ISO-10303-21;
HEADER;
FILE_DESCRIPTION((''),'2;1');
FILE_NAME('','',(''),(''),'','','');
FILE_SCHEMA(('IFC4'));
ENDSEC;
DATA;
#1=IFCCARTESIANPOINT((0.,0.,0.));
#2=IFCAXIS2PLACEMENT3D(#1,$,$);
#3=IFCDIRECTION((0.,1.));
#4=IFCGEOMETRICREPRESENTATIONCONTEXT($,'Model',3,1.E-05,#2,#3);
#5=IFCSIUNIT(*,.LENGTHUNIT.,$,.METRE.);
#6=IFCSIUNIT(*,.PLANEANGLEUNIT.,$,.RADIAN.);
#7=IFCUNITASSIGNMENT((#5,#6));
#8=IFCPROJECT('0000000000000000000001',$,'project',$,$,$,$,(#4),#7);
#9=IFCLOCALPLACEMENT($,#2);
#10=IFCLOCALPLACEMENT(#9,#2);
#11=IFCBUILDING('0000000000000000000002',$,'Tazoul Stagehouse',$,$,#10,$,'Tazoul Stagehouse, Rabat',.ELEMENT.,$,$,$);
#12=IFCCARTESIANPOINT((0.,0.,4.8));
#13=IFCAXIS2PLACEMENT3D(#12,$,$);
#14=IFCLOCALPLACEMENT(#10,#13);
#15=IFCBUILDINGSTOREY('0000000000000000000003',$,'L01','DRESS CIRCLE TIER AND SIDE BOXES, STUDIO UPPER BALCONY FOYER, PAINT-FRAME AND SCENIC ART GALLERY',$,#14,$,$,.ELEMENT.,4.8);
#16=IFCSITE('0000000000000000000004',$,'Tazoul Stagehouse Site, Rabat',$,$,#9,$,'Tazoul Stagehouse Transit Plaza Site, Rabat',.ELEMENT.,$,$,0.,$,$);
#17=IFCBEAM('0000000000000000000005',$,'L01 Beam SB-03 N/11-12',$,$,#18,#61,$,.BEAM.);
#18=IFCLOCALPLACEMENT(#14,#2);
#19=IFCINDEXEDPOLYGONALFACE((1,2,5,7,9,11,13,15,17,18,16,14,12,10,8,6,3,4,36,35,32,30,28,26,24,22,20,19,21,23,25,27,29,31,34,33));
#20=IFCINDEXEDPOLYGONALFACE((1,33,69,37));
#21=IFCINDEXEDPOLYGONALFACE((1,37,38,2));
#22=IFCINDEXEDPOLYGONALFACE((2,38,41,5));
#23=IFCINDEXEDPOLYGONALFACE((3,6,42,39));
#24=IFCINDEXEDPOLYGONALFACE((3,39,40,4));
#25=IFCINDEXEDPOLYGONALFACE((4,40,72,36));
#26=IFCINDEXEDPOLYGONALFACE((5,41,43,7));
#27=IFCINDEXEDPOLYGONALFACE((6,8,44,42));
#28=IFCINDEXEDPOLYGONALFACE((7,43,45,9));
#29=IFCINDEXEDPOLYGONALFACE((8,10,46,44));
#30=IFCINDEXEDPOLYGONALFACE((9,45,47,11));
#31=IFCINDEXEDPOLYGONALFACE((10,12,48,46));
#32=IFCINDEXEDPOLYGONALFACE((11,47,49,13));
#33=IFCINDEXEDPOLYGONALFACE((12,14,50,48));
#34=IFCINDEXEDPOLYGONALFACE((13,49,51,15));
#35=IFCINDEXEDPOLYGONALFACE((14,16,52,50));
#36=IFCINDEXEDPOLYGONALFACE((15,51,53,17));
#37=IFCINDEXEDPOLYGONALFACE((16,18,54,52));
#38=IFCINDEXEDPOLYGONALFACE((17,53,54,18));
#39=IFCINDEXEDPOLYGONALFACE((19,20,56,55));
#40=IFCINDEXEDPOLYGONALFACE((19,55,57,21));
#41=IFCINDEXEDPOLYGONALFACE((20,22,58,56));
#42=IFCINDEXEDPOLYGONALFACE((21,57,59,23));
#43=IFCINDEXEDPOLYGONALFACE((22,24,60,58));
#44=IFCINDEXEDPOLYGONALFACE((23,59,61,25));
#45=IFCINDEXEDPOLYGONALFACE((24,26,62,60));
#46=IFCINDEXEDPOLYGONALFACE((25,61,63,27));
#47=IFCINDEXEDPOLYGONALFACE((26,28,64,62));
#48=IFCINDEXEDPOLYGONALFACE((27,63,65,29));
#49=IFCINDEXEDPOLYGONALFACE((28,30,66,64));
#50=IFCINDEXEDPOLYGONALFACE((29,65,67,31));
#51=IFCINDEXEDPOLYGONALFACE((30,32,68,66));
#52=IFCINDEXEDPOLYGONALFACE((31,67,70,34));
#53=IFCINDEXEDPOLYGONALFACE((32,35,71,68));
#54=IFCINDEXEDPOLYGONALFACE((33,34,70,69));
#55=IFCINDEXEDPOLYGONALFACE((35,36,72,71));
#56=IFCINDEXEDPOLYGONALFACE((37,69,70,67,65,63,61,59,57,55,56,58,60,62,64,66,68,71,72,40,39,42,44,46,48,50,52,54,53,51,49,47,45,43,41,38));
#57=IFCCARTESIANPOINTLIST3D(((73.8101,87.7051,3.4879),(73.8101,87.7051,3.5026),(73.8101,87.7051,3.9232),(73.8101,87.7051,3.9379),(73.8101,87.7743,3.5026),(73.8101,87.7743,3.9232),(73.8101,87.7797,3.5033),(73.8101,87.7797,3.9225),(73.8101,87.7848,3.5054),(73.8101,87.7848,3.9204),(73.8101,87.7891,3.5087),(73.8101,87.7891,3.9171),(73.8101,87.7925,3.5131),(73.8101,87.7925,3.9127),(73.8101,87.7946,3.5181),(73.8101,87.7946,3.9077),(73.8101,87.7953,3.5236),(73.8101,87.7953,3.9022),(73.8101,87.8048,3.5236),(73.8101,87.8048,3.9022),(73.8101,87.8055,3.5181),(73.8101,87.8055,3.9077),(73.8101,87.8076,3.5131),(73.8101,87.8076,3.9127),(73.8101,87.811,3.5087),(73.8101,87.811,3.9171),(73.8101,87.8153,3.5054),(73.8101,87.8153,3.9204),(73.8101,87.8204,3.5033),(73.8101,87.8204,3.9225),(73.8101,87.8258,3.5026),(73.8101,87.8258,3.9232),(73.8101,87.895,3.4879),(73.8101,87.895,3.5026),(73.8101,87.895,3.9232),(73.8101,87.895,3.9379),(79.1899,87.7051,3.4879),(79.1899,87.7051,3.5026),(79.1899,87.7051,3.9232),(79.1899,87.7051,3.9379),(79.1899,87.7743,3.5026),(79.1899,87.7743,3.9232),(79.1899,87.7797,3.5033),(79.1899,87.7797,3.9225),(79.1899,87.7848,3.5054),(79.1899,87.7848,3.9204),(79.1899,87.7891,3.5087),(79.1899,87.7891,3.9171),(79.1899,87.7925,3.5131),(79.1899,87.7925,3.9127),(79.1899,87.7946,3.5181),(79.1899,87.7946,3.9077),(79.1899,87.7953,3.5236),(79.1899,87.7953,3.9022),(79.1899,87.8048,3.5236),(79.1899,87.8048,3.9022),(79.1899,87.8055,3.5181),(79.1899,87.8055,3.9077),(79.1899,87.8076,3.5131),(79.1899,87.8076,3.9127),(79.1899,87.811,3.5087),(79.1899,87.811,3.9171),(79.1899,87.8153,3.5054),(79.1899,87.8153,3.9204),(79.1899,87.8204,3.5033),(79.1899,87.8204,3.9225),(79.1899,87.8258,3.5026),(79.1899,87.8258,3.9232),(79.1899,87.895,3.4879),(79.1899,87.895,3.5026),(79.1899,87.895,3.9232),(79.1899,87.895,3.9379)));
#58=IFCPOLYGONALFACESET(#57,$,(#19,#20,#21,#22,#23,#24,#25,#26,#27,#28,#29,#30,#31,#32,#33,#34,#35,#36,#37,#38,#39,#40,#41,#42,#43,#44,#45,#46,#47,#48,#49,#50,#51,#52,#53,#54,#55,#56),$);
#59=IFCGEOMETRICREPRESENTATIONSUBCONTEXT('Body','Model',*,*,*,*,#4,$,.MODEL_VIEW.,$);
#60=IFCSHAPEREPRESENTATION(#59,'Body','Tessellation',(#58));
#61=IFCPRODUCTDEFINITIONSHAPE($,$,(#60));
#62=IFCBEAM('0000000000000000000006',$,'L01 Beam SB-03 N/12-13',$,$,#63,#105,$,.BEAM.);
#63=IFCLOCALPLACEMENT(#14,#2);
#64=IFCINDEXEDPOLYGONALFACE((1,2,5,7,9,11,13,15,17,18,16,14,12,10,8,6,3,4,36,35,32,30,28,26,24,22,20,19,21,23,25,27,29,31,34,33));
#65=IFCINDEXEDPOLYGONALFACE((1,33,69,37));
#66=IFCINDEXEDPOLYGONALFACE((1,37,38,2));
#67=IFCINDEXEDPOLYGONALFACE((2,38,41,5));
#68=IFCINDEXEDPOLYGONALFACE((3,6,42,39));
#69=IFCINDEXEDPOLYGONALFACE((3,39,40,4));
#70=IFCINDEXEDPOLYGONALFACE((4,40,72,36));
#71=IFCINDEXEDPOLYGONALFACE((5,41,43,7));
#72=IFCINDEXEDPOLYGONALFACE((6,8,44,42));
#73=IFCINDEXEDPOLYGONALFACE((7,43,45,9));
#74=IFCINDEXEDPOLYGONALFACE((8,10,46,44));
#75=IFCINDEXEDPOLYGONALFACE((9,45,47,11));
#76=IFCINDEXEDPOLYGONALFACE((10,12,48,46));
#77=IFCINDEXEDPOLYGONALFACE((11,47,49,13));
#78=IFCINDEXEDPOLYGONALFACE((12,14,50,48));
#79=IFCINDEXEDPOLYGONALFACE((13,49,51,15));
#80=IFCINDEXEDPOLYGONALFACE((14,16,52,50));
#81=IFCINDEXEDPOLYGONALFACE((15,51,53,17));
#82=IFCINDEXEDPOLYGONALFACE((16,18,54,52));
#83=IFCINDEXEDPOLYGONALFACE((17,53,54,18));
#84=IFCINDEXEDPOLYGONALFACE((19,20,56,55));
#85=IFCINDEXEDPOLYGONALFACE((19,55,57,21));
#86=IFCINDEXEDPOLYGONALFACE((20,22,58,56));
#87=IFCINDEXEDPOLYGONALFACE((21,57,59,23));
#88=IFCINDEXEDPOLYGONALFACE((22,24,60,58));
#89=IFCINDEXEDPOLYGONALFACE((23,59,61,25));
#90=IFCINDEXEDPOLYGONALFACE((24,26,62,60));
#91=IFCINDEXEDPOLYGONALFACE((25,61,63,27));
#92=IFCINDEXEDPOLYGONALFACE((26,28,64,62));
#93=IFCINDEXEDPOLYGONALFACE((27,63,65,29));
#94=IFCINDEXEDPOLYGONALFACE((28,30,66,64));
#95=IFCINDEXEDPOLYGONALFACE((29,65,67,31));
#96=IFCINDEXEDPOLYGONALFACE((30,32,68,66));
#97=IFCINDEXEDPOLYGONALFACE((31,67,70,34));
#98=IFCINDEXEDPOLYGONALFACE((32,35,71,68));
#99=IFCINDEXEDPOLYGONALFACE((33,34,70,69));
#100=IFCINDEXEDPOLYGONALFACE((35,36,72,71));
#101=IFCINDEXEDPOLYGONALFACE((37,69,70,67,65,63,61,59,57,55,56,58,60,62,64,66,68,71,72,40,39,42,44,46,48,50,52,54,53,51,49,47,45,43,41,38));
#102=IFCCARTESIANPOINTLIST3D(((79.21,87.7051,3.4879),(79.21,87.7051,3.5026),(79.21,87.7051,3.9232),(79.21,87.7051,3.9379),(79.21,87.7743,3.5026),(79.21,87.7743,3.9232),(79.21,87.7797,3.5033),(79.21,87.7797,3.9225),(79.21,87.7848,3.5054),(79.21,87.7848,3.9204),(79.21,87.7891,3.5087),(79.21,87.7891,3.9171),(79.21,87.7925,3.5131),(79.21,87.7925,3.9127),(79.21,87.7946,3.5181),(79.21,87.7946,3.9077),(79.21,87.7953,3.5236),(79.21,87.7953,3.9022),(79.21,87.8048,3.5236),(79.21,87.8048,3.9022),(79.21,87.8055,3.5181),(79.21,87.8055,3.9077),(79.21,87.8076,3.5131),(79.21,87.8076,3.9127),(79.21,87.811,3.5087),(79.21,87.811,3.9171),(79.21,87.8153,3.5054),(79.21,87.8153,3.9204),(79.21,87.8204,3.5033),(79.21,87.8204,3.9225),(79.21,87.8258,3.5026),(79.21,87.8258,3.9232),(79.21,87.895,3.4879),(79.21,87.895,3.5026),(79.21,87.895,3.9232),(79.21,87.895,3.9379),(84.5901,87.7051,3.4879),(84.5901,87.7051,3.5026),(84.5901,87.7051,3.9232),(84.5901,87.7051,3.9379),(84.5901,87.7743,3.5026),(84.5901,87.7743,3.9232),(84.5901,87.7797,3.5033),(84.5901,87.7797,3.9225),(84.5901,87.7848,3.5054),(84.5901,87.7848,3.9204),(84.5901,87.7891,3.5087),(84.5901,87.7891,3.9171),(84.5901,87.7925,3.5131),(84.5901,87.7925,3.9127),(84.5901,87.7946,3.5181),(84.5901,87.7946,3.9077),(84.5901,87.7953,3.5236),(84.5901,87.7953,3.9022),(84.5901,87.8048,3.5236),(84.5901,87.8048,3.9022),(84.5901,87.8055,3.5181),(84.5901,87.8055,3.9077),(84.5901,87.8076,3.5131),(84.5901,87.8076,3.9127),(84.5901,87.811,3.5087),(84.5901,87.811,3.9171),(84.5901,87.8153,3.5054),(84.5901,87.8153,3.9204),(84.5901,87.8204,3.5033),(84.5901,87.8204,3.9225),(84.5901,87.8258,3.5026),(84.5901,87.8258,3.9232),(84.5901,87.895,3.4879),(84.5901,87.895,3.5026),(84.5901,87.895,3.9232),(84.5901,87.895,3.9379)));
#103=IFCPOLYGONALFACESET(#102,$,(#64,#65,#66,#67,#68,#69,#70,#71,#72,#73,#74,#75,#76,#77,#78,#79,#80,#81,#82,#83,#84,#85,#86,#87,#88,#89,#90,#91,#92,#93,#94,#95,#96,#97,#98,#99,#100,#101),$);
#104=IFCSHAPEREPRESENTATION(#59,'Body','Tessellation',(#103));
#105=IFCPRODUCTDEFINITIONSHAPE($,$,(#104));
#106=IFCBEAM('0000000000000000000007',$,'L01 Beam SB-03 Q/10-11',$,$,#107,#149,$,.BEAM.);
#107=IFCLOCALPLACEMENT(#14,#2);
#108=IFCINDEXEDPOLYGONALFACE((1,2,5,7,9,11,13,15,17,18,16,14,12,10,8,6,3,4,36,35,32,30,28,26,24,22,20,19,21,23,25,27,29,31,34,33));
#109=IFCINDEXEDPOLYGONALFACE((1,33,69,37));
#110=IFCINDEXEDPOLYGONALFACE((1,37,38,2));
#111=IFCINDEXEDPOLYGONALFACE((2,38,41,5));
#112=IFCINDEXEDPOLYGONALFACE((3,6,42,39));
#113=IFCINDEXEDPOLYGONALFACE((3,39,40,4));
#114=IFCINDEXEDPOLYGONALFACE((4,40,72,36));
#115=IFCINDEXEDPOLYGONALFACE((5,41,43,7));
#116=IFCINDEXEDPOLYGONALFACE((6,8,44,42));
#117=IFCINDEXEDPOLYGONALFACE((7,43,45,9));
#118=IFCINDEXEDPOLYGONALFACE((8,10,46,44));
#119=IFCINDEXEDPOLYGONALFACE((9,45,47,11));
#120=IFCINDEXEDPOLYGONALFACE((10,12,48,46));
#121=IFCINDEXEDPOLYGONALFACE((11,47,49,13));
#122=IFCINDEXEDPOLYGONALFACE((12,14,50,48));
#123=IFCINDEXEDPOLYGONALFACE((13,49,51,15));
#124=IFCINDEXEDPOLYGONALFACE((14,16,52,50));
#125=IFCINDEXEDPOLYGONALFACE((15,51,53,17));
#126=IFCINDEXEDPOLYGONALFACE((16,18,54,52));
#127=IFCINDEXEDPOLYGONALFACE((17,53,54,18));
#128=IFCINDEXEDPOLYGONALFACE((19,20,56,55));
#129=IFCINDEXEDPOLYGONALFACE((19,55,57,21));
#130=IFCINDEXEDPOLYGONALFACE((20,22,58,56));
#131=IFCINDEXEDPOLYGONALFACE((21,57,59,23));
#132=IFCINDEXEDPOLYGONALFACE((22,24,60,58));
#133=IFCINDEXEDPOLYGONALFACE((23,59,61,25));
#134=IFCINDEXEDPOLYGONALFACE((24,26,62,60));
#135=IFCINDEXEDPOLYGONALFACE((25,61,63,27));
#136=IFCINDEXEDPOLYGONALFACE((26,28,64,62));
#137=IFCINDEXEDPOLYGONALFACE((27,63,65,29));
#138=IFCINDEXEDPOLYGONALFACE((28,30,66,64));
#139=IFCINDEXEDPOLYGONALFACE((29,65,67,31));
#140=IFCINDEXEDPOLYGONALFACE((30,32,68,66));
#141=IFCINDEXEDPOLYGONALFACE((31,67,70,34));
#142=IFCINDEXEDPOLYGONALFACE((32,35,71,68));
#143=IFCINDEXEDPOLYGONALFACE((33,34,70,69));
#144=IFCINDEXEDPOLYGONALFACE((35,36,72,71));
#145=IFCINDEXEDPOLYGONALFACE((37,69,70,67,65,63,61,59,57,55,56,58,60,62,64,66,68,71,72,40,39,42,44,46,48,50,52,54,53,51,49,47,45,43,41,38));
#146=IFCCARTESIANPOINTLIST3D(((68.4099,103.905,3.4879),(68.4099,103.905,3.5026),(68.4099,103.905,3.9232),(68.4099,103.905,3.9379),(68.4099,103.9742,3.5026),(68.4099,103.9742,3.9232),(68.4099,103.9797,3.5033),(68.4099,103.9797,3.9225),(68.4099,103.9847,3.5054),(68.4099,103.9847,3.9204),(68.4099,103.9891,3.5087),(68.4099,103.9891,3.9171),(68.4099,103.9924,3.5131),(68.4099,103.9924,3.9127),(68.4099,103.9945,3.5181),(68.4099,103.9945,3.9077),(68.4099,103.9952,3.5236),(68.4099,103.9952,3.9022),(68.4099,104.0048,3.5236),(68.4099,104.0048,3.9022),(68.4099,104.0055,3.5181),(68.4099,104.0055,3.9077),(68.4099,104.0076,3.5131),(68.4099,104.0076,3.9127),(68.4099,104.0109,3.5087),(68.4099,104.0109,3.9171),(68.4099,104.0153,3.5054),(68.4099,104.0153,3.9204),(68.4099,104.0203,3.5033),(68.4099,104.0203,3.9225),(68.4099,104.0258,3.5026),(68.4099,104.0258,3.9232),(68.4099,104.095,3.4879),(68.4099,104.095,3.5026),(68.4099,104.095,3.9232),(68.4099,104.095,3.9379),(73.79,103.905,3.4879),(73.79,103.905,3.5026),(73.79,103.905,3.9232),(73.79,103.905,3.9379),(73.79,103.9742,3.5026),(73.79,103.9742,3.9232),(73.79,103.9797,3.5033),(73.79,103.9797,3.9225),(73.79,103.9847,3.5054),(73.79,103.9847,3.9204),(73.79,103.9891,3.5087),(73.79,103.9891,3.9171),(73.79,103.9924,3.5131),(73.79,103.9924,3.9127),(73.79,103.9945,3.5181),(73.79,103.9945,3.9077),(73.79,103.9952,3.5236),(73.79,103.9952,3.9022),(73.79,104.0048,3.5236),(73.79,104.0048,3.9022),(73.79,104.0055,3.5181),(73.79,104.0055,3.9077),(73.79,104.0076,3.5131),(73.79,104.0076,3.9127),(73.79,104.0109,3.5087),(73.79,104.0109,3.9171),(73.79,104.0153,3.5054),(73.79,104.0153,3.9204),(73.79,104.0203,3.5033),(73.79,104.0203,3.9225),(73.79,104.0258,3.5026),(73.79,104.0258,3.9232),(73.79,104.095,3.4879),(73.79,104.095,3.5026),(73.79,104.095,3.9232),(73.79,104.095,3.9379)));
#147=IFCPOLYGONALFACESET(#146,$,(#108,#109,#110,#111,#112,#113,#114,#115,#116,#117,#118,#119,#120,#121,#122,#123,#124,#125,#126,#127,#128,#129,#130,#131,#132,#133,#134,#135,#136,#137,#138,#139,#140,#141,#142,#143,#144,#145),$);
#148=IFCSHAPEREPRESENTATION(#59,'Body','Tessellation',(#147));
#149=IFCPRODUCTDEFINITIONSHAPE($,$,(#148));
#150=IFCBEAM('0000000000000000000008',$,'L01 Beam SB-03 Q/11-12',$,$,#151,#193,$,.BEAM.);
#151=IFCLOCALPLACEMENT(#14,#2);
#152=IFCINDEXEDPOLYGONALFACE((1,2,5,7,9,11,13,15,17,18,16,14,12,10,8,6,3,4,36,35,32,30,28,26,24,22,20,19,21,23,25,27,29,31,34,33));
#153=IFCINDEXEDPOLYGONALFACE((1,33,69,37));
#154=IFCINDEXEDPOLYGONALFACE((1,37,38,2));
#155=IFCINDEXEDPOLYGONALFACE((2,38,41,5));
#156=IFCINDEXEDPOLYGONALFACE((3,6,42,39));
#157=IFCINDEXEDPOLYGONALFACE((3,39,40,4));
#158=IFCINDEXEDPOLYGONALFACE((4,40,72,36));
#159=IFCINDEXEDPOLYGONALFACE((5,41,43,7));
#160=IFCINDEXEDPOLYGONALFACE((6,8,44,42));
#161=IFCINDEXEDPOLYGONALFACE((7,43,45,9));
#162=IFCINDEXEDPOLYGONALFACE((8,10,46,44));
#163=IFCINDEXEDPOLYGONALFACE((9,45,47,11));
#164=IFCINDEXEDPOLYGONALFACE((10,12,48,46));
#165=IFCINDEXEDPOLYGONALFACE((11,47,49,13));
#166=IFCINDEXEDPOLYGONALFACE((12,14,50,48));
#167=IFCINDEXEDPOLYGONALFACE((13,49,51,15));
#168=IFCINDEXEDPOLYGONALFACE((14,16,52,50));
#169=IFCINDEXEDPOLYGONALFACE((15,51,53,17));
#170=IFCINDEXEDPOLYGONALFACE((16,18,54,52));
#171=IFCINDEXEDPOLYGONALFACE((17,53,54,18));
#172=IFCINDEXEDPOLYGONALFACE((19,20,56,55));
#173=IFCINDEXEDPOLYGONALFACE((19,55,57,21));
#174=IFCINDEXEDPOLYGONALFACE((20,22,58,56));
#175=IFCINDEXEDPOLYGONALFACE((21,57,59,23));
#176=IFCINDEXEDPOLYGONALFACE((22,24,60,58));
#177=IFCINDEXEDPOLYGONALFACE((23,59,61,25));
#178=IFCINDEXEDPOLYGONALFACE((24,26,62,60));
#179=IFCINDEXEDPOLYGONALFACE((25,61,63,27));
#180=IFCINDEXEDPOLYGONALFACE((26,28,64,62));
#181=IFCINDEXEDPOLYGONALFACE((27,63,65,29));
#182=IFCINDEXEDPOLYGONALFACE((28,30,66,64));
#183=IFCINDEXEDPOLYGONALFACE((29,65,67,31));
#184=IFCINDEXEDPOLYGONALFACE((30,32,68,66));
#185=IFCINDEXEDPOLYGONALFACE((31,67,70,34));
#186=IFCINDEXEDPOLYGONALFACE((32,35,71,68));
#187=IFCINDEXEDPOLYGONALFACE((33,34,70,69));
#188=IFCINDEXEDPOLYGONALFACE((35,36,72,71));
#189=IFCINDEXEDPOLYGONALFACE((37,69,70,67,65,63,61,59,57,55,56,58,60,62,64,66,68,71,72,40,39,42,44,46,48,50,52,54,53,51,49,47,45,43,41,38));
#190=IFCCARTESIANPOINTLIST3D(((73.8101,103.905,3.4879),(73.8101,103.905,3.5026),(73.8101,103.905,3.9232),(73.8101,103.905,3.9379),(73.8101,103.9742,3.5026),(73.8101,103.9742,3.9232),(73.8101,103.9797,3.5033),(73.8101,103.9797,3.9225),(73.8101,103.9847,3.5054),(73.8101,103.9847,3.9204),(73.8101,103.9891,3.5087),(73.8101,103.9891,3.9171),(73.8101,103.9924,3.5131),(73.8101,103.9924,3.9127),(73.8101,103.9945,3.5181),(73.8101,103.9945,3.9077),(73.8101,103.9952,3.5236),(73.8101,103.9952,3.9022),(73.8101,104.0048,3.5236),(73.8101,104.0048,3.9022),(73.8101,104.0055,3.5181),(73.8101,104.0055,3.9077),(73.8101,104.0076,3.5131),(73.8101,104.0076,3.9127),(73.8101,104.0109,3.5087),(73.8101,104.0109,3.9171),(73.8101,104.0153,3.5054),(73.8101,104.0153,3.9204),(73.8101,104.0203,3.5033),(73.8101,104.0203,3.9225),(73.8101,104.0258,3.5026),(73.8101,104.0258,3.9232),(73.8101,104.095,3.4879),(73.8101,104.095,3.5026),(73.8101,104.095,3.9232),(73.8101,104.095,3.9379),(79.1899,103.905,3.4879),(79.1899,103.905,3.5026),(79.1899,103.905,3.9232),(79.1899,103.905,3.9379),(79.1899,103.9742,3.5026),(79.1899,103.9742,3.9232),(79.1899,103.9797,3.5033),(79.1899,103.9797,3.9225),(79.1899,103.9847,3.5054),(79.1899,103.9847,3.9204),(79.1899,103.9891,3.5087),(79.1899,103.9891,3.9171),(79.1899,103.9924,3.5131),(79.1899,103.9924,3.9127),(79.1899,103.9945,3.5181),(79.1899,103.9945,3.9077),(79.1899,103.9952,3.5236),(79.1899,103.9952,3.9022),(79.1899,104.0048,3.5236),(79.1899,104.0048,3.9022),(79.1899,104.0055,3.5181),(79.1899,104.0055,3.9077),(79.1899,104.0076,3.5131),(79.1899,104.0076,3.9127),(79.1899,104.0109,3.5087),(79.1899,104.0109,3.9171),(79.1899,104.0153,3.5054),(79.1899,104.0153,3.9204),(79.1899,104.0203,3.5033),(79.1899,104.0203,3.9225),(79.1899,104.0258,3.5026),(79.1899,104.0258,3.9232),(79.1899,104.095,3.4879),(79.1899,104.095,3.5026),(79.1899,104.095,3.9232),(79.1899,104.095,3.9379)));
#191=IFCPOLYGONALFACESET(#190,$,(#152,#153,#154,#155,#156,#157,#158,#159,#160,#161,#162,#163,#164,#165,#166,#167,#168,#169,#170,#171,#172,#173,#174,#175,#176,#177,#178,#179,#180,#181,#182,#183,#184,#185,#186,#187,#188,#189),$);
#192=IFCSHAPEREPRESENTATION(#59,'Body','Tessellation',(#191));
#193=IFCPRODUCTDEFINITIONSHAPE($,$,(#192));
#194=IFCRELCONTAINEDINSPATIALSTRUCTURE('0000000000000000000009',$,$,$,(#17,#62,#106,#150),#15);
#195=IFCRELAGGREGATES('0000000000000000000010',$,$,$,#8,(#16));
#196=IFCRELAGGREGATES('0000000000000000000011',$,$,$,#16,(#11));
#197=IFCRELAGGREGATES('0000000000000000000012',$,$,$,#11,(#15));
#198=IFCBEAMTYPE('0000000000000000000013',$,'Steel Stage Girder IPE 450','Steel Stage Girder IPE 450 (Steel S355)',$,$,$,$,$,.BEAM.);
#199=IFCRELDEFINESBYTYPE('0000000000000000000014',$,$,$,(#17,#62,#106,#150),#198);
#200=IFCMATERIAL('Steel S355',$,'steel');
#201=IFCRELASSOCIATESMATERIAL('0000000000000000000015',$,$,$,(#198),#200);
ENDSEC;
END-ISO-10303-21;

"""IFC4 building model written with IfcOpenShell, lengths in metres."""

from ifc_helpers import new_model, si_unit, direction, frame, origin, origin_2d, place, context, subcontext, project, spatial, i_section, extrude, material, material_profile, profile_set, type_object, element, save


model = new_model("IFC4")

# Units and contexts
model_context = context("Model", 3, precision=1e-05, world=origin(), true_north=direction((0.0, 1.0)))
body_context = subcontext(model_context, "Body", "Model", "MODEL_VIEW")
ifc_project = project(units=[si_unit("LENGTHUNIT", "METRE"), si_unit("PLANEANGLEUNIT", "RADIAN")], contexts=[model_context])

# Site, building, storey
site_placement = place(None, origin())
site = spatial("IfcSite", under=ifc_project, at=site_placement, Name="Tazoul Stagehouse Site, Rabat", LongName="Tazoul Stagehouse Transit Plaza Site, Rabat", CompositionType="ELEMENT", RefElevation=0.0)
building_placement = place(site_placement, origin())
building = spatial("IfcBuilding", under=site, at=building_placement, Name="Tazoul Stagehouse", LongName="Tazoul Stagehouse, Rabat", CompositionType="ELEMENT")
storey_placement = place(building_placement, frame((0.0, 0.0, 4.8)))
storey = spatial("IfcBuildingStorey", under=building, at=storey_placement, Name="L01", Description="DRESS CIRCLE TIER AND SIDE BOXES, STUDIO UPPER BALCONY FOYER, PAINT-FRAME AND SCENIC ART GALLERY", CompositionType="ELEMENT", Elevation=4.8)

# Shared definitions
ifc_material = material(Name="Steel S355", Category="steel")

# Beams
ifc_material_profile_1 = material_profile(ifc_material, i_section(OverallWidth=0.1899, OverallDepth=0.45, WebThickness=0.0095, FlangeThickness=0.0146, FilletRadius=0.021, at=origin_2d()), Name="IPE 450")
ifc_profile_set_1 = profile_set([ifc_material_profile_1], Name="Steel S355")
beam_type_1 = type_object("IfcBeamType", Name="Steel Stage Girder IPE 450", Description="Steel Stage Girder IPE 450 (Steel S355)", PredefinedType="BEAM", material=ifc_profile_set_1)
beam_1_placement = place(storey_placement, frame((73.8101, 87.8, 3.7129), z_axis=(1.0, 0.0, 0.0), x_axis=(0.0, 1.0, 0.0)))
element("IfcBeam", 1, at=beam_1_placement, inside=storey, type_object=beam_type_1, Name="L01 Beam SB-03 N/11-12", PredefinedType="BEAM", context=body_context, shape_type="SweptSolid", body=[
    extrude(i_section(OverallWidth=0.1899, OverallDepth=0.45, WebThickness=0.0095, FlangeThickness=0.0146, FilletRadius=0.021, at=origin_2d()), origin(), (0.0, 0.0, 1.0), 5.3799),
])
for number, where, z_axis, x_axis, name in (
    (2, (79.21, 87.8, 3.7129), (1.0, 0.0, 0.0), (0.0, 1.0, 0.0), "L01 Beam SB-03 N/12-13"),
    (3, (68.4099, 104.0, 3.7129), (1.0, 0.0, 0.0), (0.0, 1.0, 0.0), "L01 Beam SB-03 Q/10-11"),
):
    element("IfcBeam", number, at=place(storey_placement, frame(where, z_axis=z_axis, x_axis=x_axis)), inside=storey, type_object=beam_type_1, Name=name, PredefinedType="BEAM", context=body_context, shape_type="SweptSolid", body=[
        extrude(i_section(OverallWidth=0.1899, OverallDepth=0.45, WebThickness=0.0095, FlangeThickness=0.0146, FilletRadius=0.021, at=origin_2d()), origin(), (0.0, 0.0, 1.0), 5.3801),
    ])
beam_2_placement = place(storey_placement, frame((73.8101, 104.0, 3.7129), z_axis=(1.0, 0.0, 0.0), x_axis=(0.0, 1.0, 0.0)))
element("IfcBeam", 4, at=beam_2_placement, inside=storey, type_object=beam_type_1, Name="L01 Beam SB-03 Q/11-12", PredefinedType="BEAM", context=body_context, shape_type="SweptSolid", body=[
    extrude(i_section(OverallWidth=0.1899, OverallDepth=0.45, WebThickness=0.0095, FlangeThickness=0.0146, FilletRadius=0.021, at=origin_2d()), origin(), (0.0, 0.0, 1.0), 5.3799),
])

save(model, "model.ifc")
